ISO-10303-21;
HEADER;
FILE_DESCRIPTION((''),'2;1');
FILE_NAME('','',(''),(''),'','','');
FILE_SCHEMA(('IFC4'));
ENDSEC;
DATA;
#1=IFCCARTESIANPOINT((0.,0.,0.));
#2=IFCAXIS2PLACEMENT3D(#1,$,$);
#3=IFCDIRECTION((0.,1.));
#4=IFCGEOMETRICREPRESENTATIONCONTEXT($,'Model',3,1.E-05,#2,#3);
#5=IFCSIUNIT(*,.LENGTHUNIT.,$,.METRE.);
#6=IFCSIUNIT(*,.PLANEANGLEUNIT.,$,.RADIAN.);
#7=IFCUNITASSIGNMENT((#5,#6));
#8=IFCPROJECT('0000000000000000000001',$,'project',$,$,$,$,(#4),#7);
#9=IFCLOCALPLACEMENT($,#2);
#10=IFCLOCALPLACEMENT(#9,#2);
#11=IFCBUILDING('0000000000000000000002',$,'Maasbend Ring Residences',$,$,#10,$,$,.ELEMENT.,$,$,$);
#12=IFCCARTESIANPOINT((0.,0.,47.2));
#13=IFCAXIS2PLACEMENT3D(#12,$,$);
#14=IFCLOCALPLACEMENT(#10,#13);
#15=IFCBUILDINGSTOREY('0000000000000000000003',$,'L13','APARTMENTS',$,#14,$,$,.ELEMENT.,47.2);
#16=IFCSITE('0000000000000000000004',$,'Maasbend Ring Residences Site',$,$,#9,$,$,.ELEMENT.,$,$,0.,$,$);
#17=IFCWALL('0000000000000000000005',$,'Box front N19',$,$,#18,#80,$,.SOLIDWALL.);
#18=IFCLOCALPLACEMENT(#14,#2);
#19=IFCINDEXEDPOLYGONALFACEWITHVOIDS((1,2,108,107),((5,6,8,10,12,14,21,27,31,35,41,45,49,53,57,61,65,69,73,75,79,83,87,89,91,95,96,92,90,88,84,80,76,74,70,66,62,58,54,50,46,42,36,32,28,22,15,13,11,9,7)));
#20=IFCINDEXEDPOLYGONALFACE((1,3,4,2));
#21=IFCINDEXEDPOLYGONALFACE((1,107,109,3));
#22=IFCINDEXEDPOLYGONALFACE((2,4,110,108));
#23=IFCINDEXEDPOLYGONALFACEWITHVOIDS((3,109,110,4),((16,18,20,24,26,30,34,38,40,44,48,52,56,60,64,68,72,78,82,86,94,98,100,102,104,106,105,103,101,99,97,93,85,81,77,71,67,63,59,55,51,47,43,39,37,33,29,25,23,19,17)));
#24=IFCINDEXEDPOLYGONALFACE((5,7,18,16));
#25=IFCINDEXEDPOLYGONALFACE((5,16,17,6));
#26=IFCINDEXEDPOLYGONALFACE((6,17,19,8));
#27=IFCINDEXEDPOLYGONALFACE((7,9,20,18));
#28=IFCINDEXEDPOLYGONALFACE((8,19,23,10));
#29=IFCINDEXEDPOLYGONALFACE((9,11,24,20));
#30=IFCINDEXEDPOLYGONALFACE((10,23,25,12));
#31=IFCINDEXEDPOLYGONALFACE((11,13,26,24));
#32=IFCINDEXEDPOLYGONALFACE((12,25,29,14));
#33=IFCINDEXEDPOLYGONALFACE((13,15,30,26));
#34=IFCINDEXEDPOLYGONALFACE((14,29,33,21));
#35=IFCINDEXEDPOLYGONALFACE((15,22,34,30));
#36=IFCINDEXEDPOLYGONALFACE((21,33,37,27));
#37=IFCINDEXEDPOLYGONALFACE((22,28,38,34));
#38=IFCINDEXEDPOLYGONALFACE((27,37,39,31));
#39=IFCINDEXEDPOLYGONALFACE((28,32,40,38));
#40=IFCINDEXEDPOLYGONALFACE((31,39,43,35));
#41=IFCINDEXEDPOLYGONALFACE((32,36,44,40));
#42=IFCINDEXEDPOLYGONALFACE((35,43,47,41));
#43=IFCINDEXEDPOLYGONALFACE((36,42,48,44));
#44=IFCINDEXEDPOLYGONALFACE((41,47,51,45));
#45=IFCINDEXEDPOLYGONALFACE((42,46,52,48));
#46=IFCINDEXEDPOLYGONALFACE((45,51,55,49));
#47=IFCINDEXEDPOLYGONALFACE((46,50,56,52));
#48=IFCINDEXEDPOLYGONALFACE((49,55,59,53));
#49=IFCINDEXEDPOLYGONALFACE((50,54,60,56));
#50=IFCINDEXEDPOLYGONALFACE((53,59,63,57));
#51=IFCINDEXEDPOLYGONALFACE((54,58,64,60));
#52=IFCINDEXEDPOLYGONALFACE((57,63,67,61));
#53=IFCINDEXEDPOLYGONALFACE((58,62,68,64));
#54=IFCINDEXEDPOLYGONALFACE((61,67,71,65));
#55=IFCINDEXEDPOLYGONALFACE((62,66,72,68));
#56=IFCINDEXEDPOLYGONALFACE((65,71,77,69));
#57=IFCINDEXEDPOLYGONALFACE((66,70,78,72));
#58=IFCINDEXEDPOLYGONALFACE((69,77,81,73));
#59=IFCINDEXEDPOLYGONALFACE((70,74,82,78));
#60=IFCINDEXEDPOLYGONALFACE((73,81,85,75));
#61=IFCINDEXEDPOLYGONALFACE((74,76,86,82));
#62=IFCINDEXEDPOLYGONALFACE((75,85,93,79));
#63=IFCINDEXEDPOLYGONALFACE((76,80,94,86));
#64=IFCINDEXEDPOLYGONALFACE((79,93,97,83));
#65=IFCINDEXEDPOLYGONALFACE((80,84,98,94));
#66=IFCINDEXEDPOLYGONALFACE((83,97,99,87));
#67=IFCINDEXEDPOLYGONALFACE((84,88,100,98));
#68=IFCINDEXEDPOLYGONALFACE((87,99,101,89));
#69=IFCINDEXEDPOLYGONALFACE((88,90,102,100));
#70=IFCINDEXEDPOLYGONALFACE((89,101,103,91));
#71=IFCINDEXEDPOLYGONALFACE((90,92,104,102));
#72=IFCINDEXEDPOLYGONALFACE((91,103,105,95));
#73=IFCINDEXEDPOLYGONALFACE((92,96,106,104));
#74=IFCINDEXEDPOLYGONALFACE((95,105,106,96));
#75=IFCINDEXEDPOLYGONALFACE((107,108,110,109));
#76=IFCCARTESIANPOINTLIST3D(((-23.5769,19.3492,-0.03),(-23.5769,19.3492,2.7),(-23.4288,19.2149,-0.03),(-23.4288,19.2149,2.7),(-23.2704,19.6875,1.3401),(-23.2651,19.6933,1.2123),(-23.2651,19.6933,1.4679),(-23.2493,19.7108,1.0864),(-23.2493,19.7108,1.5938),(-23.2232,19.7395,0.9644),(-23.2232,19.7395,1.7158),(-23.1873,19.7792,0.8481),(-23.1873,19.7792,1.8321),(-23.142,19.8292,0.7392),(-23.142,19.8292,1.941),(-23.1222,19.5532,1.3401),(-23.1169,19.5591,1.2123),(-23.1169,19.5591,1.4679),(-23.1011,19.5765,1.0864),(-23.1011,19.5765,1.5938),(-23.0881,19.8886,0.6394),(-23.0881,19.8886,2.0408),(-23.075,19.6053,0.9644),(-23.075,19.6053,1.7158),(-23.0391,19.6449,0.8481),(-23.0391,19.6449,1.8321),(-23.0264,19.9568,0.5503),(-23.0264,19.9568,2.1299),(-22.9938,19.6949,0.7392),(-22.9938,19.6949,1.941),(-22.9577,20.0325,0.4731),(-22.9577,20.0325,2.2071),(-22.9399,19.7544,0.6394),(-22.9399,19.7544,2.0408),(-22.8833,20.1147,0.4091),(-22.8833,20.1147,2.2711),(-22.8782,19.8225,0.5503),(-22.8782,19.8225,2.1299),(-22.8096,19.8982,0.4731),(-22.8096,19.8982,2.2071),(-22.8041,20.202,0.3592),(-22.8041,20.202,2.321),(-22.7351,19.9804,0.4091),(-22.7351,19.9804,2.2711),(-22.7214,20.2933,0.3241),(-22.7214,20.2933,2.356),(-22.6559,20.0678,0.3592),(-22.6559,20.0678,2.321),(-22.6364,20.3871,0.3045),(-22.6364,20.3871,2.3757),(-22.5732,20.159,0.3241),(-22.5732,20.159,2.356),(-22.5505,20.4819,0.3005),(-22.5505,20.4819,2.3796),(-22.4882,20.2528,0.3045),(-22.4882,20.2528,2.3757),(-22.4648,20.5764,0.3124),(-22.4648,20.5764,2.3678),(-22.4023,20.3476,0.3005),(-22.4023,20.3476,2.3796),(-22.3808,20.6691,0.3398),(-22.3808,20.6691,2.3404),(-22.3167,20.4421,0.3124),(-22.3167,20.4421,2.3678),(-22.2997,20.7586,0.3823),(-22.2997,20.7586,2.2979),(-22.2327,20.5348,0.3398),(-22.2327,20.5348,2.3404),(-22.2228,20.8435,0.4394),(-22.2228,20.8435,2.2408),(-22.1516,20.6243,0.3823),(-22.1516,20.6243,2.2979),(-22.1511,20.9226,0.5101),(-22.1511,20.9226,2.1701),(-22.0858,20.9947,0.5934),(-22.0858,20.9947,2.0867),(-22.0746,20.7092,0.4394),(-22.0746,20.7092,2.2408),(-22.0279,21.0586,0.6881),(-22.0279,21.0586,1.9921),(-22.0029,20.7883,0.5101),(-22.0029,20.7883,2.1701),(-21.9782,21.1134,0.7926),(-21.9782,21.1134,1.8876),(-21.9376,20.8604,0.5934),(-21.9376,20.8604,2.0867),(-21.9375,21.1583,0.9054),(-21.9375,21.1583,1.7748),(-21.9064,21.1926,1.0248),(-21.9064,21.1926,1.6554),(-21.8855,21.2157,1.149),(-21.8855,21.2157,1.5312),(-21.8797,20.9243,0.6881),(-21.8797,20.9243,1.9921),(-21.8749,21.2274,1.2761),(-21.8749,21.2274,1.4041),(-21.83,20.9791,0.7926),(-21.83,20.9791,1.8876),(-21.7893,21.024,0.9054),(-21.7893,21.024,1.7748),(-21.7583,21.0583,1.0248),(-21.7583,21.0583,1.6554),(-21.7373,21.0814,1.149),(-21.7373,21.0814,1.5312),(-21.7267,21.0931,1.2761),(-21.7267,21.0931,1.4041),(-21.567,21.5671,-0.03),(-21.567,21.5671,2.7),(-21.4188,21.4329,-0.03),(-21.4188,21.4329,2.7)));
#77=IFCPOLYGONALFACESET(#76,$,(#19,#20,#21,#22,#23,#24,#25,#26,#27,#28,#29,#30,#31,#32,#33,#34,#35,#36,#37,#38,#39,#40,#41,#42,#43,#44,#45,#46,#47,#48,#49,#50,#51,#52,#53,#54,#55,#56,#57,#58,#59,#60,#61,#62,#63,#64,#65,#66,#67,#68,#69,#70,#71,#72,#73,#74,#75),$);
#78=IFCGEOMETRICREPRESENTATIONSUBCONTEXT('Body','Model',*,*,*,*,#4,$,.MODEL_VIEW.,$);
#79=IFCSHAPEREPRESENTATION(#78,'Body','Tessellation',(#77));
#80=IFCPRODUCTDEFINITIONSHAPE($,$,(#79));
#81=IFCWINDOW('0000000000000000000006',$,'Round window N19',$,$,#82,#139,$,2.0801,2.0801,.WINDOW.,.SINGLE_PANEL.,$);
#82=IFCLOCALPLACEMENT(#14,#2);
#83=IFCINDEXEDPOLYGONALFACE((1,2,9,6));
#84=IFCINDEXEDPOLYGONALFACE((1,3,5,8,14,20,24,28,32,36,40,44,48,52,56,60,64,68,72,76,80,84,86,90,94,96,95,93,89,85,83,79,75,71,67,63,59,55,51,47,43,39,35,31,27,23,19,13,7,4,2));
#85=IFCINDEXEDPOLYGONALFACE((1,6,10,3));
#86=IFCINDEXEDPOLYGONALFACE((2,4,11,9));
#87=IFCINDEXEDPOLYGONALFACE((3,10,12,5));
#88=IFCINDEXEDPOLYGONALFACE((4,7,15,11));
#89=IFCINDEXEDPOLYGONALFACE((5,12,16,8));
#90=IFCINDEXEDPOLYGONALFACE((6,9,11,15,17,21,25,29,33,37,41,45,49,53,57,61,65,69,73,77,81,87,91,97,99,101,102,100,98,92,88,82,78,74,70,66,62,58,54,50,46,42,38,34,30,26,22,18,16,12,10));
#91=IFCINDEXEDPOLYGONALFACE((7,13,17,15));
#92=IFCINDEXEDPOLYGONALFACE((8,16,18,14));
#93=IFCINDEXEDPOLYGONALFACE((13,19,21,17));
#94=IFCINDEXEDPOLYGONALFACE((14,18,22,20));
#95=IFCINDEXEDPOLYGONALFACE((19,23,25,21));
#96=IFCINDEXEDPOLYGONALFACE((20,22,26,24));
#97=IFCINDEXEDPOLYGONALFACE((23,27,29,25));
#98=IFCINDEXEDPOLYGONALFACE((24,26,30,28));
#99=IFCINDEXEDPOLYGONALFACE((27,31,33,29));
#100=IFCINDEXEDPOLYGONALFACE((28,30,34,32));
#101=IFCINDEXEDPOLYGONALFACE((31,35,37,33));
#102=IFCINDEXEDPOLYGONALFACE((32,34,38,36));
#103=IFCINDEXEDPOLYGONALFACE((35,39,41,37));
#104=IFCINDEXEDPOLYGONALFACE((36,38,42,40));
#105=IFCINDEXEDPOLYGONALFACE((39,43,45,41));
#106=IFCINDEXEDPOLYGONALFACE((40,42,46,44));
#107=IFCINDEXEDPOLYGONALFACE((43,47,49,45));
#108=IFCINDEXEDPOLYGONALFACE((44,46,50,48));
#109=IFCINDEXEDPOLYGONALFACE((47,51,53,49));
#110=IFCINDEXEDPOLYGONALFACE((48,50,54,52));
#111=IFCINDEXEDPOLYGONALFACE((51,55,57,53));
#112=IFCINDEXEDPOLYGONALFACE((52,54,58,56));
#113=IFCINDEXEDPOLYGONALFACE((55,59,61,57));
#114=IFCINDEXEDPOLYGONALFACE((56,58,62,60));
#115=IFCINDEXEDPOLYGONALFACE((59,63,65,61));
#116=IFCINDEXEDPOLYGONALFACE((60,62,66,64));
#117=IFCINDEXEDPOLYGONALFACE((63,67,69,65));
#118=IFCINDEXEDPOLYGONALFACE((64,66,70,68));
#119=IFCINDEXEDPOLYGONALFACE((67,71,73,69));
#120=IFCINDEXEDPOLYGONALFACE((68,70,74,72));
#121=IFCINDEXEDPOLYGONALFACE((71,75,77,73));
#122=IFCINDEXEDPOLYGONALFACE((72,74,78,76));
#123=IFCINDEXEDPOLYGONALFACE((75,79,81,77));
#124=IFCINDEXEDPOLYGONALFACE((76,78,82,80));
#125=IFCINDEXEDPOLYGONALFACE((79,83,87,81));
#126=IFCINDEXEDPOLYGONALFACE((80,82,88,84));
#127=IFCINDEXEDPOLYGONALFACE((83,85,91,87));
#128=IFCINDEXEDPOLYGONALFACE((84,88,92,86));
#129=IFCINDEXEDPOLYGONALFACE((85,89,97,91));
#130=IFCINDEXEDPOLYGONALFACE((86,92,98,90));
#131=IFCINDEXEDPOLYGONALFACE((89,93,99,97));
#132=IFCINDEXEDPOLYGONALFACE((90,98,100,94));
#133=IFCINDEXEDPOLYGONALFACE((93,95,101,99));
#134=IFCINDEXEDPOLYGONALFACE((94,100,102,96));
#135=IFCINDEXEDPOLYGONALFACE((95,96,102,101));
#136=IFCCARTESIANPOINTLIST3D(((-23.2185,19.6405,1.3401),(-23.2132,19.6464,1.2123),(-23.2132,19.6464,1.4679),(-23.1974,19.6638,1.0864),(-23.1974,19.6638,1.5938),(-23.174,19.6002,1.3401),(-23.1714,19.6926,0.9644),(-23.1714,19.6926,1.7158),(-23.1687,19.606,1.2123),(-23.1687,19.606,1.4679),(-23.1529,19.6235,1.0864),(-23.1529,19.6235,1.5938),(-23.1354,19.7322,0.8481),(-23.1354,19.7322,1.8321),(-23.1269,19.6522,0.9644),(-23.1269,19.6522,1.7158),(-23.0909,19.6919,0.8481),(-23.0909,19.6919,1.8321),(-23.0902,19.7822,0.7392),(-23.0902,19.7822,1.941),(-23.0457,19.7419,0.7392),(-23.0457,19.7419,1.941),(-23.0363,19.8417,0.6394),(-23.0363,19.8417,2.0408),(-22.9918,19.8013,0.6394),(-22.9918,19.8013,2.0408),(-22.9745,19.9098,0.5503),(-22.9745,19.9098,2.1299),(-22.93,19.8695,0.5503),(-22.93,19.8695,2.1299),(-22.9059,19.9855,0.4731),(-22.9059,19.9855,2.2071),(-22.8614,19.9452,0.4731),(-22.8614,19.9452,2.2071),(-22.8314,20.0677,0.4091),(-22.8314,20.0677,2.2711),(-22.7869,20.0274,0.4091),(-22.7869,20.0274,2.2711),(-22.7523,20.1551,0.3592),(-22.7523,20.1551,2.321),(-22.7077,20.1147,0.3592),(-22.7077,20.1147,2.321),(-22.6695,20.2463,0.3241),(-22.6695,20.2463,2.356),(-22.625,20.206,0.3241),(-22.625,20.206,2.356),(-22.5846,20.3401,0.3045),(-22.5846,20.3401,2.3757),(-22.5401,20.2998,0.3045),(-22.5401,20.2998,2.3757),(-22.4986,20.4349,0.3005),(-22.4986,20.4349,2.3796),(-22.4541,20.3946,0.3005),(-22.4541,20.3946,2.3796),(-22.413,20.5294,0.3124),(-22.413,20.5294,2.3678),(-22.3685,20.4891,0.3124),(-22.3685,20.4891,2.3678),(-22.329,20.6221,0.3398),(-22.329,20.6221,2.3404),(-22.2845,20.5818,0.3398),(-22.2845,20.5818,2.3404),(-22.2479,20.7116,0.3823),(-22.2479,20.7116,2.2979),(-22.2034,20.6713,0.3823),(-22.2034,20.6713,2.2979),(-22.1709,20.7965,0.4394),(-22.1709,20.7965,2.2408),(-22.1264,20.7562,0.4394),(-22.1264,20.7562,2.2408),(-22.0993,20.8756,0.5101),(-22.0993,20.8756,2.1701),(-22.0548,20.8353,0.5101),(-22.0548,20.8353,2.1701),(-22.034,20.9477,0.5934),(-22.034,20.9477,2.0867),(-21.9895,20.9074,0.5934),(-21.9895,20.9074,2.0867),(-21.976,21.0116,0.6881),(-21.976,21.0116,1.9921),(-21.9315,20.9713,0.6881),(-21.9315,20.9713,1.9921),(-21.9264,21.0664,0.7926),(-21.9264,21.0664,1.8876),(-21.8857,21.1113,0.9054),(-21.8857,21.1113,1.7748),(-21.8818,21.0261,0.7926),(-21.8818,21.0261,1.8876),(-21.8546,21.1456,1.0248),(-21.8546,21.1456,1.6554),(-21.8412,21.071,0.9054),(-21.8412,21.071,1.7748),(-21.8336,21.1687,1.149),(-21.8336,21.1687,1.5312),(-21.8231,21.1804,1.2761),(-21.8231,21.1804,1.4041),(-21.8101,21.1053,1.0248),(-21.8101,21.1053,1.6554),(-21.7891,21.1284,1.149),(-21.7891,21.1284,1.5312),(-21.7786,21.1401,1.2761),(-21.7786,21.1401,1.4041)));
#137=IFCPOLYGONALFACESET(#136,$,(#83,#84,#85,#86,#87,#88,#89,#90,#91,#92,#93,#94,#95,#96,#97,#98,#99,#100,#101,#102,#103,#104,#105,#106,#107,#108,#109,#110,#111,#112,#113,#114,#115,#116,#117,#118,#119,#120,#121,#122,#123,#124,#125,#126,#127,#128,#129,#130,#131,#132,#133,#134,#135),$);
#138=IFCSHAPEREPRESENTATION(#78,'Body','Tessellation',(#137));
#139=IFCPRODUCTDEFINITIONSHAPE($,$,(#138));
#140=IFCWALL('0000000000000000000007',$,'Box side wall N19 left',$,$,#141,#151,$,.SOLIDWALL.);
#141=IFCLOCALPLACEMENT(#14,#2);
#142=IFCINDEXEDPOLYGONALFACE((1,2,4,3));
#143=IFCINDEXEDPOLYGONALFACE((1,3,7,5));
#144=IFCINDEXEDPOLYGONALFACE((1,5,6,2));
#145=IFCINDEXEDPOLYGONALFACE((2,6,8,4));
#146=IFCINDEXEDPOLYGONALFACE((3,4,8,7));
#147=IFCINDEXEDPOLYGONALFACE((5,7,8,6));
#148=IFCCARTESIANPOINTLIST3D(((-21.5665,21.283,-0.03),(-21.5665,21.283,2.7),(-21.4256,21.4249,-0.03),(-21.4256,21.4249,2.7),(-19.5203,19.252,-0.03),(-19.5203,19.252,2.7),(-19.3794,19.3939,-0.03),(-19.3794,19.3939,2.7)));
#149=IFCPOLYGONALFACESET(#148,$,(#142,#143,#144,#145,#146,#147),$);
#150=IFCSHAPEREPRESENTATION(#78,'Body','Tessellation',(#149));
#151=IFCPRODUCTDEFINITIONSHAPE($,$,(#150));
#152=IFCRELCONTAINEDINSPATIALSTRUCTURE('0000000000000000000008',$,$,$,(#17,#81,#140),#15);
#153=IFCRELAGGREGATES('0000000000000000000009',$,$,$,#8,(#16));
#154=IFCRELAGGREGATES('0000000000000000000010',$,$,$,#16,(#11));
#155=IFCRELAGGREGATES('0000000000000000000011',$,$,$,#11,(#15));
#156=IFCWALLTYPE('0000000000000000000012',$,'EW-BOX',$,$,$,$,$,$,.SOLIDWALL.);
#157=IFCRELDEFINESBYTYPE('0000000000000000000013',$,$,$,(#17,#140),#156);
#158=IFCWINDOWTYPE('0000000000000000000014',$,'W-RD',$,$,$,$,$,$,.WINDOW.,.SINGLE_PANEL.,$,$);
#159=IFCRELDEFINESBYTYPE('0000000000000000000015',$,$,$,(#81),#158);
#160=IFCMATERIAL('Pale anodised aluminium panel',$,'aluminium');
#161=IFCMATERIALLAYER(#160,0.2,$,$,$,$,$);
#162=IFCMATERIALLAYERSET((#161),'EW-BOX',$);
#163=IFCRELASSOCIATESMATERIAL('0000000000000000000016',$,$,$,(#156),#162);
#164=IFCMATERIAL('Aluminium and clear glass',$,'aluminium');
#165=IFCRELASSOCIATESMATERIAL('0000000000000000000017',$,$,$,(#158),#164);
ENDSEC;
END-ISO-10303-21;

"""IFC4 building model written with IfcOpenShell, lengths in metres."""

from ifc_helpers import new_model, si_unit, direction, frame, frame_2d, origin, place, context, subcontext, project, spatial, rectangle, circle, extrude, material, layer, layer_set, type_object, element, fill, save


model = new_model("IFC4")

# Units and contexts
model_context = context("Model", 3, precision=1e-05, world=origin(), true_north=direction((0.0, 1.0)))
body_context = subcontext(model_context, "Body", "Model", "MODEL_VIEW")
ifc_project = project(units=[si_unit("LENGTHUNIT", "METRE"), si_unit("PLANEANGLEUNIT", "RADIAN")], contexts=[model_context])

# Site, building, storey
site_placement = place(None, origin())
site = spatial("IfcSite", under=ifc_project, at=site_placement, Name="Maasbend Ring Residences Site", CompositionType="ELEMENT", RefElevation=0.0)
building_placement = place(site_placement, origin())
building = spatial("IfcBuilding", under=site, at=building_placement, Name="Maasbend Ring Residences", CompositionType="ELEMENT")
storey_placement = place(building_placement, frame((0.0, 0.0, 47.2)))
storey = spatial("IfcBuildingStorey", under=building, at=storey_placement, Name="L13", Description="APARTMENTS", CompositionType="ELEMENT", Elevation=47.2)

# Shared definitions
ifc_material_1 = material(Name="Pale anodised aluminium panel", Category="aluminium")
ifc_layer_1 = layer(ifc_material_1, 0.2)
ifc_layer_set_1 = layer_set([ifc_layer_1], Name="EW-BOX")
wall_type_1 = type_object("IfcWallType", Name="EW-BOX", PredefinedType="SOLIDWALL", material=ifc_layer_set_1)
ifc_material_2 = material(Name="Aluminium and clear glass", Category="aluminium")
window_type_1 = type_object("IfcWindowType", Name="W-RD", PartitioningType="SINGLE_PANEL", PredefinedType="WINDOW", material=ifc_material_2)

# Wall, opening, window
wall_1_placement = place(storey_placement, frame((-21.4929, 21.5, -0.03), z_axis=(0.0, 0.0, 1.0), x_axis=(-0.671507, -0.740998, 0.0)))
wall_1 = element("IfcWall", 1, at=wall_1_placement, inside=storey, type_object=wall_type_1, Name="Box front N19", PredefinedType="SOLIDWALL", context=body_context, shape_type="SweptSolid", body=[
    extrude(rectangle(XDim=2.9932, YDim=0.2, at=frame_2d((1.4966, 0.0))), origin(), (0.0, 0.0, 1.0), 2.73),
])
opening_1_placement = place(wall_1_placement, frame((0.4565, 0.0, 0.3301)))
opening_1 = element("IfcOpeningElement", 2, at=opening_1_placement, cuts=wall_1, PredefinedType="OPENING", context=body_context, shape_type="SweptSolid", body=[
    extrude(circle(Radius=1.04, at=frame_2d((1.04, 1.04))), frame((0.0, 0.1099, 0.0), z_axis=(0.0, -1.0, 0.0), x_axis=(1.0, 0.0, 0.0)), (0.0, 0.0, 1.0), 0.22),
])
window_1_placement = place(opening_1_placement, origin())
window_1 = element("IfcWindow", 3, at=window_1_placement, inside=storey, type_object=window_type_1, Name="Round window N19", OverallHeight=2.0801, OverallWidth=2.0801, PartitioningType="SINGLE_PANEL", PredefinedType="WINDOW", context=body_context, shape_type="SweptSolid", body=[
    extrude(circle(Radius=1.04, at=frame_2d((1.04, 1.04))), frame((0.0, 0.03, 0.0), z_axis=(0.0, -1.0, 0.0), x_axis=(1.0, 0.0, 0.0)), (0.0, 0.0, 1.0), 0.0601),
])
fill(opening_1, window_1)

# Wall
wall_2_placement = place(storey_placement, frame((-19.45, 19.323, -0.03), z_axis=(0.0, 0.0, 1.0), x_axis=(-0.709727, 0.704477, 0.0)))
element("IfcWall", 4, at=wall_2_placement, inside=storey, type_object=wall_type_1, Name="Box side wall N19 left", PredefinedType="SOLIDWALL", context=body_context, shape_type="SweptSolid", body=[
    extrude(rectangle(XDim=2.8831, YDim=0.2, at=frame_2d((1.4414, 0.0))), origin(), (0.0, 0.0, 1.0), 2.73),
])

save(model, "model.ifc")
